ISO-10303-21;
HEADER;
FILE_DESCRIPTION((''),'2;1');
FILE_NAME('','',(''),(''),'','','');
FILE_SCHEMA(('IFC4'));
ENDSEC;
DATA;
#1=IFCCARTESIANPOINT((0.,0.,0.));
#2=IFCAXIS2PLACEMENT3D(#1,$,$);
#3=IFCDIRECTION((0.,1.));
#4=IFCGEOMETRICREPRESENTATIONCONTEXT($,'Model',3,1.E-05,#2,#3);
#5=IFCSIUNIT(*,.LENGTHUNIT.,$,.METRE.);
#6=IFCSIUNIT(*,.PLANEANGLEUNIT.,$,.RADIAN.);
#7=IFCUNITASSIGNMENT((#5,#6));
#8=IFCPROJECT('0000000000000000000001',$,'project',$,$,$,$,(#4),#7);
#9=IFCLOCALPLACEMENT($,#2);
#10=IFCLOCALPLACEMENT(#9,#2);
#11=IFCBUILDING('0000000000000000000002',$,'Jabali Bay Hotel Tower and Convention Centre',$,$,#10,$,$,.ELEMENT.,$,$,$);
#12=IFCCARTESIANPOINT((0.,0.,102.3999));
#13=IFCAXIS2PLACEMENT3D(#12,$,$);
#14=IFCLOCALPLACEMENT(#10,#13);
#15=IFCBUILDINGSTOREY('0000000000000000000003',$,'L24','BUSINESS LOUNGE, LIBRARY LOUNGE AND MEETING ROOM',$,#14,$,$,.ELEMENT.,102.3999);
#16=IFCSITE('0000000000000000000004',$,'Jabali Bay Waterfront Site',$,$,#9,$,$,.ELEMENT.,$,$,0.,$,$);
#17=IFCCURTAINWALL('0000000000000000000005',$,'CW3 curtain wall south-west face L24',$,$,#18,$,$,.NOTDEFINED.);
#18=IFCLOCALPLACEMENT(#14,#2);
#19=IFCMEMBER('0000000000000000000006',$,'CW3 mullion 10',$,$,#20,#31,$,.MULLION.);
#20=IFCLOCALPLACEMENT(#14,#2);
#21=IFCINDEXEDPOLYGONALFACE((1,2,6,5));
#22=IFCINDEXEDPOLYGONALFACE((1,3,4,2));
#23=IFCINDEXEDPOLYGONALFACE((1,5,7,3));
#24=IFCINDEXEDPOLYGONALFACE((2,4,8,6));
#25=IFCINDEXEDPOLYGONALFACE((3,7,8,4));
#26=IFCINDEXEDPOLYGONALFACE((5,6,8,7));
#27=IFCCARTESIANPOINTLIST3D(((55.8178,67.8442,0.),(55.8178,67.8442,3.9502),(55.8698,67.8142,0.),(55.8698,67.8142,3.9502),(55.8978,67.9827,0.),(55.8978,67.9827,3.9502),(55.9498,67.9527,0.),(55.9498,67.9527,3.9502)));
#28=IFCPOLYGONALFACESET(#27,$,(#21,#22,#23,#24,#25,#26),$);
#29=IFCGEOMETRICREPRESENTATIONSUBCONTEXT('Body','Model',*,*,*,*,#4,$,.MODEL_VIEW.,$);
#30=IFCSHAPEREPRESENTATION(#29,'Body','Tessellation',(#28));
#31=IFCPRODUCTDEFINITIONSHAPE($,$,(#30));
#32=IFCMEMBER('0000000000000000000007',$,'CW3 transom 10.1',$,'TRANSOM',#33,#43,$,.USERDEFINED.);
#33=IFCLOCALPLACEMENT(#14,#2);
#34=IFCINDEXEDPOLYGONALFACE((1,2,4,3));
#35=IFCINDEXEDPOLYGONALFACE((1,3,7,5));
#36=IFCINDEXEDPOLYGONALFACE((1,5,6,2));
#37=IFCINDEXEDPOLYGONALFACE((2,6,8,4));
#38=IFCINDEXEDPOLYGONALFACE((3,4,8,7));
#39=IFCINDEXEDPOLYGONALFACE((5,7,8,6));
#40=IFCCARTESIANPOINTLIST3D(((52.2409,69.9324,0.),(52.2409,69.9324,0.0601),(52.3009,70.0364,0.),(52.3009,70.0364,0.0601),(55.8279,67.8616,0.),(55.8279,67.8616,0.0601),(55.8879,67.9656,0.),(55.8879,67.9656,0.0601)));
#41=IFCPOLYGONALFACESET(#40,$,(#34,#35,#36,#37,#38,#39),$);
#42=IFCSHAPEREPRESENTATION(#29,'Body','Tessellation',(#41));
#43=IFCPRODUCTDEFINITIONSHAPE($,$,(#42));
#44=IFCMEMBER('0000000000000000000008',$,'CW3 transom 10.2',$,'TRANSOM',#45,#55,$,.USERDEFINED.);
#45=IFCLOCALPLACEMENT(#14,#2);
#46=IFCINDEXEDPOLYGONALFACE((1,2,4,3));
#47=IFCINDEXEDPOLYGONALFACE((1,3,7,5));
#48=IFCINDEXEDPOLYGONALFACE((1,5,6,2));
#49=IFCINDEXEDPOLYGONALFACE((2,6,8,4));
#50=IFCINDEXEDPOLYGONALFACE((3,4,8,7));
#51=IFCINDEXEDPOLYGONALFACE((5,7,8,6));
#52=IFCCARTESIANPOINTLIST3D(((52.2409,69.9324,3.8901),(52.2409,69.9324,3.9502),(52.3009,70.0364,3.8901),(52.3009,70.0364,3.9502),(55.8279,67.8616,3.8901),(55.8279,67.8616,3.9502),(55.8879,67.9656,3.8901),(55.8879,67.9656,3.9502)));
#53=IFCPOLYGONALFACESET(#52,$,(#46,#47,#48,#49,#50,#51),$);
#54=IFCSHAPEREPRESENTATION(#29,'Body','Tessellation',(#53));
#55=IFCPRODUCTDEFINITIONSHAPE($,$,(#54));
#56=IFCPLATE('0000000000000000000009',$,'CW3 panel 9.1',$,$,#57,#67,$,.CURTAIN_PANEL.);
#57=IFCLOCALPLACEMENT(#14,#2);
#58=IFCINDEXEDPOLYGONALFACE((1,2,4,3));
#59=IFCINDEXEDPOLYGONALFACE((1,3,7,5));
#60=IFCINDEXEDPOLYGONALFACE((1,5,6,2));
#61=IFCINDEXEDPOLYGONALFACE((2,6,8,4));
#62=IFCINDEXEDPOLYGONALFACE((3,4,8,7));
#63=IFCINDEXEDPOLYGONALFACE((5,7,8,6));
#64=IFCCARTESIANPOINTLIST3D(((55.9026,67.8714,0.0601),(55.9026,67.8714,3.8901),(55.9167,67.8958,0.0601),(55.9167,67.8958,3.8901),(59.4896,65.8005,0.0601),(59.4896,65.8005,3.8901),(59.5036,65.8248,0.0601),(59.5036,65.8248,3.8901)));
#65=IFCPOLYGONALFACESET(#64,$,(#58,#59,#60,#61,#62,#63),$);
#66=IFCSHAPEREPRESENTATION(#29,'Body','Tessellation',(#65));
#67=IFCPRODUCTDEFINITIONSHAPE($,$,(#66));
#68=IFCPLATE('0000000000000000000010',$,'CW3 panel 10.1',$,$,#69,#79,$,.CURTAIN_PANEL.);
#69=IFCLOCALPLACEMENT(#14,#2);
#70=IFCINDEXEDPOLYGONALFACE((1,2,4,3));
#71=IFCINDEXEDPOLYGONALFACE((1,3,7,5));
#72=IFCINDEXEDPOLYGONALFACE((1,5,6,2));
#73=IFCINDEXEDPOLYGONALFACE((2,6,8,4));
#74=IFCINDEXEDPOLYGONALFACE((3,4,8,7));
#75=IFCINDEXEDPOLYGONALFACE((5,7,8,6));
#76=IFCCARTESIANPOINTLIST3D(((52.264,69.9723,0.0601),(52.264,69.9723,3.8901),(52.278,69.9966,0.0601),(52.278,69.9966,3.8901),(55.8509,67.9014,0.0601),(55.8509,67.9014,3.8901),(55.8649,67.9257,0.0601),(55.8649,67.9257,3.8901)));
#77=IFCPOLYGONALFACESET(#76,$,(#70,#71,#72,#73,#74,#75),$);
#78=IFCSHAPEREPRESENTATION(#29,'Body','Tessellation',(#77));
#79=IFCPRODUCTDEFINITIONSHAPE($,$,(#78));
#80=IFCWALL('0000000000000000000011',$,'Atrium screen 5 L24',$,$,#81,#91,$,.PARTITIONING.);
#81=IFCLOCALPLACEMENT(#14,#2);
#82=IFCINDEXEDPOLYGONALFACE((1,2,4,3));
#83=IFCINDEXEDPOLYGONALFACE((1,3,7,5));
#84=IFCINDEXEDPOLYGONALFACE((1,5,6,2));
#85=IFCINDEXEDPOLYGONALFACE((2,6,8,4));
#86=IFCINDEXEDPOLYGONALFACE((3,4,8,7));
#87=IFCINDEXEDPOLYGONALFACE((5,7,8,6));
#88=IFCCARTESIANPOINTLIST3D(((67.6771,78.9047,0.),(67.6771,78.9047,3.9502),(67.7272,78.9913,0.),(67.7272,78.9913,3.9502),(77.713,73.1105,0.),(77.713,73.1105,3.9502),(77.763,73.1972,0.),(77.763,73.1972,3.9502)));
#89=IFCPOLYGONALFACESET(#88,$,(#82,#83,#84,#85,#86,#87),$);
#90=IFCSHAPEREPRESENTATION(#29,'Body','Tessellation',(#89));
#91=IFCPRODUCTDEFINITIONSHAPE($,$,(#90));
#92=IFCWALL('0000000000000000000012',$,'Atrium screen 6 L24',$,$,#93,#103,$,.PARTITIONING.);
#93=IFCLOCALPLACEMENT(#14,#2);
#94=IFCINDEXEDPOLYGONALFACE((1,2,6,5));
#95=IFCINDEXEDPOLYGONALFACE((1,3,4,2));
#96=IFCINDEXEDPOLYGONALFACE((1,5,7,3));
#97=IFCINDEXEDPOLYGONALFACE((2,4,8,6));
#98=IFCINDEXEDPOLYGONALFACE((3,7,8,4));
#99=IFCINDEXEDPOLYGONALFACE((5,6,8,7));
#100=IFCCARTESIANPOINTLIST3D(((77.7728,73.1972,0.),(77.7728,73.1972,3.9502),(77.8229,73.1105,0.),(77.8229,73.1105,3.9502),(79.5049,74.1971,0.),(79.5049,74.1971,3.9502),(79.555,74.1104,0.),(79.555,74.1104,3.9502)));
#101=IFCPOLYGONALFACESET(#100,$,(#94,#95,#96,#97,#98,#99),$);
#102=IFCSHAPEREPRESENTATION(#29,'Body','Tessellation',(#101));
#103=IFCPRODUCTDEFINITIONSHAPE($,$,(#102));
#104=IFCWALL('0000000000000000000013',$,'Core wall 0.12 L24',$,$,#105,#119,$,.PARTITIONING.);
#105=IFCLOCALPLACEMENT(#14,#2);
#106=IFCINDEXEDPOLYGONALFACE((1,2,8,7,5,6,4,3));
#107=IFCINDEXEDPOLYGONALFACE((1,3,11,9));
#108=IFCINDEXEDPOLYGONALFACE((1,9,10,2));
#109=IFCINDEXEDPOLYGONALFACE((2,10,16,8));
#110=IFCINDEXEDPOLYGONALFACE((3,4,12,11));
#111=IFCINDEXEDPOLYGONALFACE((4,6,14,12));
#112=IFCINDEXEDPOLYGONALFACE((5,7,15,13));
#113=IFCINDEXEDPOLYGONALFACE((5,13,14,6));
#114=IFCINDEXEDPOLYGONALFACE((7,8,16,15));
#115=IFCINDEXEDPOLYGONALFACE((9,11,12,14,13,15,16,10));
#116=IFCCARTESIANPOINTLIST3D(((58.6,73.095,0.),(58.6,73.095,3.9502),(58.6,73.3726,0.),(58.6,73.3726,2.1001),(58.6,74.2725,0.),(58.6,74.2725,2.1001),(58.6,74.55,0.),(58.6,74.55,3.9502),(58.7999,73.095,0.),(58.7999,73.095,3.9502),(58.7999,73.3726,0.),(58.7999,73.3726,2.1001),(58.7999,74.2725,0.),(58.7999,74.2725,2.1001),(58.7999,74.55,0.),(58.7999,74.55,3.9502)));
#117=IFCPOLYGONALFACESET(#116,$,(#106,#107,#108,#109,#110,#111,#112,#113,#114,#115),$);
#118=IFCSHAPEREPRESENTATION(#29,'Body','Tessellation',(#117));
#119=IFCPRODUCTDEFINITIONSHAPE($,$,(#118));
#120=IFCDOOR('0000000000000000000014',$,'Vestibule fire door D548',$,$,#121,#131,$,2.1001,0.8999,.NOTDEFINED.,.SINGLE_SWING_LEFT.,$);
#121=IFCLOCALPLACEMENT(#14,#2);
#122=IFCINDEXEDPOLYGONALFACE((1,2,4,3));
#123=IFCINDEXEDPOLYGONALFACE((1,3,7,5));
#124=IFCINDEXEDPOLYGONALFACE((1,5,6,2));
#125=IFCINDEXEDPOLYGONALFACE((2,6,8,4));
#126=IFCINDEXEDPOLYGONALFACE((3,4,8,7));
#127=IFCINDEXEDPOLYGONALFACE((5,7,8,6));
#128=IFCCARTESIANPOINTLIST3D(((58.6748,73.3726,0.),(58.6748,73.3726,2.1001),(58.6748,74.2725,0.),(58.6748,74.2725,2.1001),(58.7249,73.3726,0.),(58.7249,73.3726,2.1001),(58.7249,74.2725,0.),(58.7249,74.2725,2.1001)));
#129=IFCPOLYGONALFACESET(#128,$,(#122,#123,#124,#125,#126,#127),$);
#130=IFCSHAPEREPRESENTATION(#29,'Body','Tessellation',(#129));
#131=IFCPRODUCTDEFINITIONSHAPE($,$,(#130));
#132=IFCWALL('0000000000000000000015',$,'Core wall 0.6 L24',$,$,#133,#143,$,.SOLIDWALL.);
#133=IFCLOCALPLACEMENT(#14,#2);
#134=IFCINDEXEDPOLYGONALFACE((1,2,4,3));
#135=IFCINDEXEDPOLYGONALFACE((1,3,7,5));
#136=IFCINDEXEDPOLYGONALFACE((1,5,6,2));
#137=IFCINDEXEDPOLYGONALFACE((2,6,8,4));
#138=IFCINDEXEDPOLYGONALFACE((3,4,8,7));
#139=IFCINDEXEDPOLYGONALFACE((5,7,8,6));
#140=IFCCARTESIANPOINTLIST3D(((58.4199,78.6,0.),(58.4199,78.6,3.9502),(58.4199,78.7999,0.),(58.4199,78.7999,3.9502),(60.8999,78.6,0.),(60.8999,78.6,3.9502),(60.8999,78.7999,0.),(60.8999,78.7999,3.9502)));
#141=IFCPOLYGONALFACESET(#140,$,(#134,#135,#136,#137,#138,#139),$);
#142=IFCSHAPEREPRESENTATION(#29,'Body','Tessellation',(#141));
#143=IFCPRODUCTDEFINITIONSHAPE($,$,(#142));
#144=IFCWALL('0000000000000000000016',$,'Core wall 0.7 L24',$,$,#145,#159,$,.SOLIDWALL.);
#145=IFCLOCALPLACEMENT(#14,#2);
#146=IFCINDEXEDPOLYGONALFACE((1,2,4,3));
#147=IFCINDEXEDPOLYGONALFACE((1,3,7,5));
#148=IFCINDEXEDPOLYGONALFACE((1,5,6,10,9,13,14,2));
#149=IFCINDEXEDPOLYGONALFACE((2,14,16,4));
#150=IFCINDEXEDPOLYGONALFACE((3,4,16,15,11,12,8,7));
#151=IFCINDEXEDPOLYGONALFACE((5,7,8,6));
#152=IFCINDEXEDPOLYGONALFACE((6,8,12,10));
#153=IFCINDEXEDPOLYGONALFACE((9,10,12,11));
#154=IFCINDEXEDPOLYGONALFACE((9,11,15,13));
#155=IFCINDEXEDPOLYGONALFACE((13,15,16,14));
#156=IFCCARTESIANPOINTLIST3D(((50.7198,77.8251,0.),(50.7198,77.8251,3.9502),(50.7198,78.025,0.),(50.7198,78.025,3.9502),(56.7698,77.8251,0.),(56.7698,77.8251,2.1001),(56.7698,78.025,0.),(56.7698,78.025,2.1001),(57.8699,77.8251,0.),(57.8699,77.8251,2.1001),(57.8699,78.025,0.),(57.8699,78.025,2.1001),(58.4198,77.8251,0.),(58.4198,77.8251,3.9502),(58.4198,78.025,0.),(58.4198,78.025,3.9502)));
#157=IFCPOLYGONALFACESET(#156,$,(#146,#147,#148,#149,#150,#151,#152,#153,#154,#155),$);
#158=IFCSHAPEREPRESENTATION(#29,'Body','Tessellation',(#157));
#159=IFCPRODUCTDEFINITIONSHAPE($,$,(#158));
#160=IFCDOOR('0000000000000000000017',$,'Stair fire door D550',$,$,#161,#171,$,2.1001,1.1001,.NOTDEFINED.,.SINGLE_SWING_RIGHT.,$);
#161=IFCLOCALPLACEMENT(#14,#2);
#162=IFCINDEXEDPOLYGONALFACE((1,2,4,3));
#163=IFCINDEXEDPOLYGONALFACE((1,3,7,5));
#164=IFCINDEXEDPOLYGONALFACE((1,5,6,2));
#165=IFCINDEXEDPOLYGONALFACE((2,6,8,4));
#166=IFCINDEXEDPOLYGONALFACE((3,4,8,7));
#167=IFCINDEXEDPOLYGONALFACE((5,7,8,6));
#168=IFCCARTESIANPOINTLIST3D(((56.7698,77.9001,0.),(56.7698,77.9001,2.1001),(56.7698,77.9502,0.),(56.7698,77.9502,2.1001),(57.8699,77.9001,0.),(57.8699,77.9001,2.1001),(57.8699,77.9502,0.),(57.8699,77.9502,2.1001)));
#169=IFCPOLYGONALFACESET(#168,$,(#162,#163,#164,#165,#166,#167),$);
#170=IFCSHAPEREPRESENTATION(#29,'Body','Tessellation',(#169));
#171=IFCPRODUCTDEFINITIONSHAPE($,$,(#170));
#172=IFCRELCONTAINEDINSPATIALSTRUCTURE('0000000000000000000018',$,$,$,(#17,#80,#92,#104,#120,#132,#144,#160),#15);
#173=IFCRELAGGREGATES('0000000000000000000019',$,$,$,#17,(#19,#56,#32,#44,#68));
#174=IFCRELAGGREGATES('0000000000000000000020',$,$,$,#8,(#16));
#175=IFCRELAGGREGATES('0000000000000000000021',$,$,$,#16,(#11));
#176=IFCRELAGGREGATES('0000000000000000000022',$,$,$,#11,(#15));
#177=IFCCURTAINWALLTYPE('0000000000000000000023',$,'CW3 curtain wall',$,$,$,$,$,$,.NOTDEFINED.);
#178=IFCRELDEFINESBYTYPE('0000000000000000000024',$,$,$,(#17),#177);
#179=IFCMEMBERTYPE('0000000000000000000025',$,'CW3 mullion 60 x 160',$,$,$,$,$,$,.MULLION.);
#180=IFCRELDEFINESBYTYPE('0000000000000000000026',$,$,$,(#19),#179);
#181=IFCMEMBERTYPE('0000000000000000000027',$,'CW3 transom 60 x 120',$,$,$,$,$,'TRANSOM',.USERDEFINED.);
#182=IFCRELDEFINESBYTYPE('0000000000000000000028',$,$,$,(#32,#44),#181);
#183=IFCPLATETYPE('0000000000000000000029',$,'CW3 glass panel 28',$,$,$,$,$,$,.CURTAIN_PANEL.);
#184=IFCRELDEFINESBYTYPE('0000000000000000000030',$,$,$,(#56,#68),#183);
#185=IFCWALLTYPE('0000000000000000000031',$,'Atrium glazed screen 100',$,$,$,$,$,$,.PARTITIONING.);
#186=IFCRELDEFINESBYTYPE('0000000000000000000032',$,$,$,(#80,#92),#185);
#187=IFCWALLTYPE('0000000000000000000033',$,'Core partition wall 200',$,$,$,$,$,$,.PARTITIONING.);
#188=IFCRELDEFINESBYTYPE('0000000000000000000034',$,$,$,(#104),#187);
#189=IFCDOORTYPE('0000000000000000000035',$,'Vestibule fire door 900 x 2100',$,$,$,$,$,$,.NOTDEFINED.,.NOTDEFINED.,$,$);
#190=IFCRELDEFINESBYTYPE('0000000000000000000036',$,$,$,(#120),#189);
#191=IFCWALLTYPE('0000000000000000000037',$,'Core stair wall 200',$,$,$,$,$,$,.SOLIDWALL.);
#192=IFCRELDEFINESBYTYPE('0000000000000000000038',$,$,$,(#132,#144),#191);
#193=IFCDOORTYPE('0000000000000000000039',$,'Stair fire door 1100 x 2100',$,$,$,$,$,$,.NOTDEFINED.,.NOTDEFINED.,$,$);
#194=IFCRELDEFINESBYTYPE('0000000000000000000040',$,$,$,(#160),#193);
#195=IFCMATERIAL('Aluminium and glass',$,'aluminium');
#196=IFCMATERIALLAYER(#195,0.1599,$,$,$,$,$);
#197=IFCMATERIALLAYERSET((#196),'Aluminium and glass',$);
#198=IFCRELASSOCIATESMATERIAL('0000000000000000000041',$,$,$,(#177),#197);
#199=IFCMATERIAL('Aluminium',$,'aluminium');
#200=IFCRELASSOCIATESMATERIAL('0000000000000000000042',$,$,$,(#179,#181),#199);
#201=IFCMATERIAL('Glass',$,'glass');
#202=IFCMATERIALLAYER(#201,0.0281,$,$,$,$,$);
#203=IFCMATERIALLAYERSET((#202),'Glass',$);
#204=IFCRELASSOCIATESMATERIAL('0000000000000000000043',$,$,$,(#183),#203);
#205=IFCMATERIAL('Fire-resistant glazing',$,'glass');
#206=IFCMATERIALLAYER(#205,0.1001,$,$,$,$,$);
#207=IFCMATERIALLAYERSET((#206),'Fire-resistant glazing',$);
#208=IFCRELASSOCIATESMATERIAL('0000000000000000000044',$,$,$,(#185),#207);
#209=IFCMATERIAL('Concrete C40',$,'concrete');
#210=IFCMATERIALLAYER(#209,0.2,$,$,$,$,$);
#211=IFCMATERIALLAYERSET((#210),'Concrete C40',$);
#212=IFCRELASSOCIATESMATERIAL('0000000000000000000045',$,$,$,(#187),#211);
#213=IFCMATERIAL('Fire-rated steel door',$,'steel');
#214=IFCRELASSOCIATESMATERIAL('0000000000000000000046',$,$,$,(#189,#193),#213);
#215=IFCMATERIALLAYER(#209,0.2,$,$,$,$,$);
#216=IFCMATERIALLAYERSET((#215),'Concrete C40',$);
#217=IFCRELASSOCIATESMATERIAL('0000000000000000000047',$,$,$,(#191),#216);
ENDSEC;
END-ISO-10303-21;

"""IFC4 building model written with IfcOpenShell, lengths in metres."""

from ifc_helpers import new_model, si_unit, direction, frame, frame_2d, origin, origin_2d, place, context, subcontext, project, spatial, rectangle, extrude, material, layer, layer_set, material_profile, profile_set, type_object, element, fill, aggregate, save


model = new_model("IFC4")

# Units and contexts
model_context = context("Model", 3, precision=1e-05, world=origin(), true_north=direction((0.0, 1.0)))
body_context = subcontext(model_context, "Body", "Model", "MODEL_VIEW")
ifc_project = project(units=[si_unit("LENGTHUNIT", "METRE"), si_unit("PLANEANGLEUNIT", "RADIAN")], contexts=[model_context])

# Site, building, storey
site_placement = place(None, origin())
site = spatial("IfcSite", under=ifc_project, at=site_placement, Name="Jabali Bay Waterfront Site", CompositionType="ELEMENT", RefElevation=0.0)
building_placement = place(site_placement, origin())
building = spatial("IfcBuilding", under=site, at=building_placement, Name="Jabali Bay Hotel Tower and Convention Centre", CompositionType="ELEMENT")
storey_placement = place(building_placement, frame((0.0, 0.0, 102.3999)))
storey = spatial("IfcBuildingStorey", under=building, at=storey_placement, Name="L24", Description="BUSINESS LOUNGE, LIBRARY LOUNGE AND MEETING ROOM", CompositionType="ELEMENT", Elevation=102.3999)

# Curtain wall, members, plates
ifc_material_1 = material(Name="Aluminium and glass", Category="aluminium")
ifc_layer_1 = layer(ifc_material_1, 0.1599)
ifc_layer_set_1 = layer_set([ifc_layer_1], Name="Aluminium and glass")
curtain_wall_type = type_object("IfcCurtainWallType", Name="CW3 curtain wall", PredefinedType="NOTDEFINED", material=ifc_layer_set_1)
curtain_wall_placement = place(storey_placement, origin())
curtain_wall = element("IfcCurtainWall", 1, at=curtain_wall_placement, inside=storey, type_object=curtain_wall_type, Name="CW3 curtain wall south-west face L24", PredefinedType="NOTDEFINED")
ifc_material_2 = material(Name="Aluminium", Category="aluminium")
ifc_material_profile_1 = material_profile(ifc_material_2, rectangle(XDim=0.1599, YDim=0.0601, at=origin_2d()), Name="CW3 mullion 60 x 160")
ifc_profile_set_1 = profile_set([ifc_material_profile_1], Name="Aluminium")
member_type_1 = type_object("IfcMemberType", Name="CW3 mullion 60 x 160", PredefinedType="MULLION", material=ifc_profile_set_1)
member_1_placement = place(storey_placement, frame((55.8838, 67.8984, 0.0), z_axis=(0.0, 0.0, 1.0), x_axis=(-0.5, -0.866025, 0.0)))
member_1 = element("IfcMember", 2, at=member_1_placement, type_object=member_type_1, Name="CW3 mullion 10", PredefinedType="MULLION", context=body_context, shape_type="SweptSolid", body=[
    extrude(rectangle(XDim=0.1599, YDim=0.0601, at=origin_2d()), origin(), (0.0, 0.0, 1.0), 3.9502),
])
ifc_material_profile_2 = material_profile(ifc_material_2, rectangle(XDim=0.1201, YDim=0.0601, at=origin_2d()), Name="CW3 transom 60 x 120")
ifc_profile_set_2 = profile_set([ifc_material_profile_2], Name="Aluminium")
member_type_2 = type_object("IfcMemberType", Name="CW3 transom 60 x 120", ElementType="TRANSOM", PredefinedType="USERDEFINED", material=ifc_profile_set_2)
member_2_placement = place(storey_placement, frame((55.8579, 67.9136, 0.03), z_axis=(-0.866036, 0.499981, 0.0), x_axis=(-0.499981, -0.866036, 0.0)))
member_2 = element("IfcMember", 3, at=member_2_placement, type_object=member_type_2, Name="CW3 transom 10.1", ObjectType="TRANSOM", PredefinedType="USERDEFINED", context=body_context, shape_type="SweptSolid", body=[
    extrude(rectangle(XDim=0.1201, YDim=0.0601, at=origin_2d()), origin(), (0.0, 0.0, 1.0), 4.1418),
])
member_3_placement = place(storey_placement, frame((55.8579, 67.9136, 3.9202), z_axis=(-0.866036, 0.499981, 0.0), x_axis=(-0.499981, -0.866036, 0.0)))
member_3 = element("IfcMember", 4, at=member_3_placement, type_object=member_type_2, Name="CW3 transom 10.2", ObjectType="TRANSOM", PredefinedType="USERDEFINED", context=body_context, shape_type="SweptSolid", body=[
    extrude(rectangle(XDim=0.1201, YDim=0.0601, at=origin_2d()), origin(), (0.0, 0.0, 1.0), 4.1418),
])
ifc_material_3 = material(Name="Glass", Category="glass")
ifc_layer_2 = layer(ifc_material_3, 0.0281)
ifc_layer_set_2 = layer_set([ifc_layer_2], Name="Glass")
plate_type = type_object("IfcPlateType", Name="CW3 glass panel 28", PredefinedType="CURTAIN_PANEL", material=ifc_layer_set_2)
plate_1_placement = place(storey_placement, frame((57.7031, 66.8481, 0.0601), z_axis=(0.0, 0.0, 1.0), x_axis=(-0.866025, 0.5, 0.0)))
plate_1 = element("IfcPlate", 5, at=plate_1_placement, type_object=plate_type, Name="CW3 panel 9.1", PredefinedType="CURTAIN_PANEL", context=body_context, shape_type="SweptSolid", body=[
    extrude(rectangle(XDim=4.1418, YDim=0.0281, at=origin_2d()), origin(), (0.0, 0.0, 1.0), 3.8301),
])
plate_2_placement = place(storey_placement, frame((54.0645, 68.949, 0.0601), z_axis=(0.0, 0.0, 1.0), x_axis=(-0.866025, 0.5, 0.0)))
plate_2 = element("IfcPlate", 6, at=plate_2_placement, type_object=plate_type, Name="CW3 panel 10.1", PredefinedType="CURTAIN_PANEL", context=body_context, shape_type="SweptSolid", body=[
    extrude(rectangle(XDim=4.1418, YDim=0.0281, at=origin_2d()), origin(), (0.0, 0.0, 1.0), 3.8301),
])
aggregate(curtain_wall, [member_1, plate_1, member_2, member_3, plate_2])

# Walls
ifc_material_4 = material(Name="Fire-resistant glazing", Category="glass")
ifc_layer_3 = layer(ifc_material_4, 0.1001)
ifc_layer_set_3 = layer_set([ifc_layer_3], Name="Fire-resistant glazing")
wall_type_1 = type_object("IfcWallType", Name="Atrium glazed screen 100", PredefinedType="PARTITIONING", material=ifc_layer_set_3)
wall_1_placement = place(storey_placement, frame((67.7021, 78.948, 0.0), z_axis=(0.0, 0.0, 1.0), x_axis=(0.866027, -0.499998, 0.0)))
element("IfcWall", 7, at=wall_1_placement, inside=storey, type_object=wall_type_1, Name="Atrium screen 5 L24", PredefinedType="PARTITIONING", context=body_context, shape_type="SweptSolid", body=[
    extrude(rectangle(XDim=11.5884, YDim=0.1001, at=frame_2d((5.7942, 0.0))), origin(), (0.0, 0.0, 1.0), 3.9502),
])
wall_2_placement = place(storey_placement, frame((77.7979, 73.1538, 0.0), z_axis=(0.0, 0.0, 1.0), x_axis=(0.866041, 0.499973, 0.0)))
element("IfcWall", 8, at=wall_2_placement, inside=storey, type_object=wall_type_1, Name="Atrium screen 6 L24", PredefinedType="PARTITIONING", context=body_context, shape_type="SweptSolid", body=[
    extrude(rectangle(XDim=2.0, YDim=0.1001, at=frame_2d((1.0, 0.0))), origin(), (0.0, 0.0, 1.0), 3.9502),
])

# Wall, opening, door
ifc_material_5 = material(Name="Concrete C40", Category="concrete")
ifc_layer_4 = layer(ifc_material_5, 0.2)
ifc_layer_set_4 = layer_set([ifc_layer_4], Name="Concrete C40")
wall_type_2 = type_object("IfcWallType", Name="Core partition wall 200", PredefinedType="PARTITIONING", material=ifc_layer_set_4)
wall_3_placement = place(storey_placement, frame((58.7, 74.55, 0.0), z_axis=(0.0, 0.0, 1.0), x_axis=(0.0, -1.0, 0.0)))
wall_3 = element("IfcWall", 9, at=wall_3_placement, inside=storey, type_object=wall_type_2, Name="Core wall 0.12 L24", PredefinedType="PARTITIONING", context=body_context, shape_type="SweptSolid", body=[
    extrude(rectangle(XDim=1.4551, YDim=0.2, at=frame_2d((0.7275, 0.0))), origin(), (0.0, 0.0, 1.0), 3.9502),
])
opening_1_placement = place(wall_3_placement, frame((0.2776, 0.0, 0.0)))
opening_1 = element("IfcOpeningElement", 10, at=opening_1_placement, cuts=wall_3, PredefinedType="OPENING", context=body_context, shape_type="SweptSolid", body=[
    extrude(rectangle(XDim=0.8999, YDim=2.1001, at=frame_2d((0.45, 1.05))), frame((0.0, 0.1104, 0.0), z_axis=(0.0, -1.0, 0.0), x_axis=(1.0, 0.0, 0.0)), (0.0, 0.0, 1.0), 0.2209),
])
ifc_material_6 = material(Name="Fire-rated steel door", Category="steel")
door_type_1 = type_object("IfcDoorType", Name="Vestibule fire door 900 x 2100", OperationType="NOTDEFINED", PredefinedType="NOTDEFINED", material=ifc_material_6)
door_1_placement = place(opening_1_placement, origin())
door_1 = element("IfcDoor", 11, at=door_1_placement, inside=storey, type_object=door_type_1, Name="Vestibule fire door D548", OperationType="SINGLE_SWING_LEFT", OverallHeight=2.1001, OverallWidth=0.8999, PredefinedType="NOTDEFINED", context=body_context, shape_type="SweptSolid", body=[
    extrude(rectangle(XDim=0.8999, YDim=2.1001, at=frame_2d((0.45, 1.05))), frame((0.0, 0.0249, 0.0), z_axis=(0.0, -1.0, 0.0), x_axis=(1.0, 0.0, 0.0)), (0.0, 0.0, 1.0), 0.05),
])
fill(opening_1, door_1)

# Wall
ifc_layer_5 = layer(ifc_material_5, 0.2)
ifc_layer_set_5 = layer_set([ifc_layer_5], Name="Concrete C40")
wall_type_3 = type_object("IfcWallType", Name="Core stair wall 200", PredefinedType="SOLIDWALL", material=ifc_layer_set_5)
wall_4_placement = place(storey_placement, frame((60.8999, 78.7, 0.0), z_axis=(0.0, 0.0, 1.0), x_axis=(-1.0, 0.0, 0.0)))
element("IfcWall", 12, at=wall_4_placement, inside=storey, type_object=wall_type_3, Name="Core wall 0.6 L24", PredefinedType="SOLIDWALL", context=body_context, shape_type="SweptSolid", body=[
    extrude(rectangle(XDim=2.48, YDim=0.2, at=frame_2d((1.24, 0.0))), origin(), (0.0, 0.0, 1.0), 3.9502),
])

# Wall, opening, door
wall_5_placement = place(storey_placement, frame((58.4199, 77.925, 0.0), z_axis=(0.0, 0.0, 1.0), x_axis=(-1.0, 0.0, 0.0)))
wall_5 = element("IfcWall", 13, at=wall_5_placement, inside=storey, type_object=wall_type_3, Name="Core wall 0.7 L24", PredefinedType="SOLIDWALL", context=body_context, shape_type="SweptSolid", body=[
    extrude(rectangle(XDim=7.7, YDim=0.2, at=frame_2d((3.8501, 0.0))), origin(), (0.0, 0.0, 1.0), 3.9502),
])
opening_2_placement = place(wall_5_placement, frame((0.55, 0.0, 0.0)))
opening_2 = element("IfcOpeningElement", 14, at=opening_2_placement, cuts=wall_5, PredefinedType="OPENING", context=body_context, shape_type="SweptSolid", body=[
    extrude(rectangle(XDim=1.1001, YDim=2.1001, at=frame_2d((0.55, 1.05))), frame((0.0, 0.1104, 0.0), z_axis=(0.0, -1.0, 0.0), x_axis=(1.0, 0.0, 0.0)), (0.0, 0.0, 1.0), 0.2209),
])
door_type_2 = type_object("IfcDoorType", Name="Stair fire door 1100 x 2100", OperationType="NOTDEFINED", PredefinedType="NOTDEFINED", material=ifc_material_6)
door_2_placement = place(opening_2_placement, origin())
door_2 = element("IfcDoor", 15, at=door_2_placement, inside=storey, type_object=door_type_2, Name="Stair fire door D550", OperationType="SINGLE_SWING_RIGHT", OverallHeight=2.1001, OverallWidth=1.1001, PredefinedType="NOTDEFINED", context=body_context, shape_type="SweptSolid", body=[
    extrude(rectangle(XDim=1.1001, YDim=2.1001, at=frame_2d((0.55, 1.05))), frame((0.0, 0.0249, 0.0), z_axis=(0.0, -1.0, 0.0), x_axis=(1.0, 0.0, 0.0)), (0.0, 0.0, 1.0), 0.05),
])
fill(opening_2, door_2)

save(model, "model.ifc")
